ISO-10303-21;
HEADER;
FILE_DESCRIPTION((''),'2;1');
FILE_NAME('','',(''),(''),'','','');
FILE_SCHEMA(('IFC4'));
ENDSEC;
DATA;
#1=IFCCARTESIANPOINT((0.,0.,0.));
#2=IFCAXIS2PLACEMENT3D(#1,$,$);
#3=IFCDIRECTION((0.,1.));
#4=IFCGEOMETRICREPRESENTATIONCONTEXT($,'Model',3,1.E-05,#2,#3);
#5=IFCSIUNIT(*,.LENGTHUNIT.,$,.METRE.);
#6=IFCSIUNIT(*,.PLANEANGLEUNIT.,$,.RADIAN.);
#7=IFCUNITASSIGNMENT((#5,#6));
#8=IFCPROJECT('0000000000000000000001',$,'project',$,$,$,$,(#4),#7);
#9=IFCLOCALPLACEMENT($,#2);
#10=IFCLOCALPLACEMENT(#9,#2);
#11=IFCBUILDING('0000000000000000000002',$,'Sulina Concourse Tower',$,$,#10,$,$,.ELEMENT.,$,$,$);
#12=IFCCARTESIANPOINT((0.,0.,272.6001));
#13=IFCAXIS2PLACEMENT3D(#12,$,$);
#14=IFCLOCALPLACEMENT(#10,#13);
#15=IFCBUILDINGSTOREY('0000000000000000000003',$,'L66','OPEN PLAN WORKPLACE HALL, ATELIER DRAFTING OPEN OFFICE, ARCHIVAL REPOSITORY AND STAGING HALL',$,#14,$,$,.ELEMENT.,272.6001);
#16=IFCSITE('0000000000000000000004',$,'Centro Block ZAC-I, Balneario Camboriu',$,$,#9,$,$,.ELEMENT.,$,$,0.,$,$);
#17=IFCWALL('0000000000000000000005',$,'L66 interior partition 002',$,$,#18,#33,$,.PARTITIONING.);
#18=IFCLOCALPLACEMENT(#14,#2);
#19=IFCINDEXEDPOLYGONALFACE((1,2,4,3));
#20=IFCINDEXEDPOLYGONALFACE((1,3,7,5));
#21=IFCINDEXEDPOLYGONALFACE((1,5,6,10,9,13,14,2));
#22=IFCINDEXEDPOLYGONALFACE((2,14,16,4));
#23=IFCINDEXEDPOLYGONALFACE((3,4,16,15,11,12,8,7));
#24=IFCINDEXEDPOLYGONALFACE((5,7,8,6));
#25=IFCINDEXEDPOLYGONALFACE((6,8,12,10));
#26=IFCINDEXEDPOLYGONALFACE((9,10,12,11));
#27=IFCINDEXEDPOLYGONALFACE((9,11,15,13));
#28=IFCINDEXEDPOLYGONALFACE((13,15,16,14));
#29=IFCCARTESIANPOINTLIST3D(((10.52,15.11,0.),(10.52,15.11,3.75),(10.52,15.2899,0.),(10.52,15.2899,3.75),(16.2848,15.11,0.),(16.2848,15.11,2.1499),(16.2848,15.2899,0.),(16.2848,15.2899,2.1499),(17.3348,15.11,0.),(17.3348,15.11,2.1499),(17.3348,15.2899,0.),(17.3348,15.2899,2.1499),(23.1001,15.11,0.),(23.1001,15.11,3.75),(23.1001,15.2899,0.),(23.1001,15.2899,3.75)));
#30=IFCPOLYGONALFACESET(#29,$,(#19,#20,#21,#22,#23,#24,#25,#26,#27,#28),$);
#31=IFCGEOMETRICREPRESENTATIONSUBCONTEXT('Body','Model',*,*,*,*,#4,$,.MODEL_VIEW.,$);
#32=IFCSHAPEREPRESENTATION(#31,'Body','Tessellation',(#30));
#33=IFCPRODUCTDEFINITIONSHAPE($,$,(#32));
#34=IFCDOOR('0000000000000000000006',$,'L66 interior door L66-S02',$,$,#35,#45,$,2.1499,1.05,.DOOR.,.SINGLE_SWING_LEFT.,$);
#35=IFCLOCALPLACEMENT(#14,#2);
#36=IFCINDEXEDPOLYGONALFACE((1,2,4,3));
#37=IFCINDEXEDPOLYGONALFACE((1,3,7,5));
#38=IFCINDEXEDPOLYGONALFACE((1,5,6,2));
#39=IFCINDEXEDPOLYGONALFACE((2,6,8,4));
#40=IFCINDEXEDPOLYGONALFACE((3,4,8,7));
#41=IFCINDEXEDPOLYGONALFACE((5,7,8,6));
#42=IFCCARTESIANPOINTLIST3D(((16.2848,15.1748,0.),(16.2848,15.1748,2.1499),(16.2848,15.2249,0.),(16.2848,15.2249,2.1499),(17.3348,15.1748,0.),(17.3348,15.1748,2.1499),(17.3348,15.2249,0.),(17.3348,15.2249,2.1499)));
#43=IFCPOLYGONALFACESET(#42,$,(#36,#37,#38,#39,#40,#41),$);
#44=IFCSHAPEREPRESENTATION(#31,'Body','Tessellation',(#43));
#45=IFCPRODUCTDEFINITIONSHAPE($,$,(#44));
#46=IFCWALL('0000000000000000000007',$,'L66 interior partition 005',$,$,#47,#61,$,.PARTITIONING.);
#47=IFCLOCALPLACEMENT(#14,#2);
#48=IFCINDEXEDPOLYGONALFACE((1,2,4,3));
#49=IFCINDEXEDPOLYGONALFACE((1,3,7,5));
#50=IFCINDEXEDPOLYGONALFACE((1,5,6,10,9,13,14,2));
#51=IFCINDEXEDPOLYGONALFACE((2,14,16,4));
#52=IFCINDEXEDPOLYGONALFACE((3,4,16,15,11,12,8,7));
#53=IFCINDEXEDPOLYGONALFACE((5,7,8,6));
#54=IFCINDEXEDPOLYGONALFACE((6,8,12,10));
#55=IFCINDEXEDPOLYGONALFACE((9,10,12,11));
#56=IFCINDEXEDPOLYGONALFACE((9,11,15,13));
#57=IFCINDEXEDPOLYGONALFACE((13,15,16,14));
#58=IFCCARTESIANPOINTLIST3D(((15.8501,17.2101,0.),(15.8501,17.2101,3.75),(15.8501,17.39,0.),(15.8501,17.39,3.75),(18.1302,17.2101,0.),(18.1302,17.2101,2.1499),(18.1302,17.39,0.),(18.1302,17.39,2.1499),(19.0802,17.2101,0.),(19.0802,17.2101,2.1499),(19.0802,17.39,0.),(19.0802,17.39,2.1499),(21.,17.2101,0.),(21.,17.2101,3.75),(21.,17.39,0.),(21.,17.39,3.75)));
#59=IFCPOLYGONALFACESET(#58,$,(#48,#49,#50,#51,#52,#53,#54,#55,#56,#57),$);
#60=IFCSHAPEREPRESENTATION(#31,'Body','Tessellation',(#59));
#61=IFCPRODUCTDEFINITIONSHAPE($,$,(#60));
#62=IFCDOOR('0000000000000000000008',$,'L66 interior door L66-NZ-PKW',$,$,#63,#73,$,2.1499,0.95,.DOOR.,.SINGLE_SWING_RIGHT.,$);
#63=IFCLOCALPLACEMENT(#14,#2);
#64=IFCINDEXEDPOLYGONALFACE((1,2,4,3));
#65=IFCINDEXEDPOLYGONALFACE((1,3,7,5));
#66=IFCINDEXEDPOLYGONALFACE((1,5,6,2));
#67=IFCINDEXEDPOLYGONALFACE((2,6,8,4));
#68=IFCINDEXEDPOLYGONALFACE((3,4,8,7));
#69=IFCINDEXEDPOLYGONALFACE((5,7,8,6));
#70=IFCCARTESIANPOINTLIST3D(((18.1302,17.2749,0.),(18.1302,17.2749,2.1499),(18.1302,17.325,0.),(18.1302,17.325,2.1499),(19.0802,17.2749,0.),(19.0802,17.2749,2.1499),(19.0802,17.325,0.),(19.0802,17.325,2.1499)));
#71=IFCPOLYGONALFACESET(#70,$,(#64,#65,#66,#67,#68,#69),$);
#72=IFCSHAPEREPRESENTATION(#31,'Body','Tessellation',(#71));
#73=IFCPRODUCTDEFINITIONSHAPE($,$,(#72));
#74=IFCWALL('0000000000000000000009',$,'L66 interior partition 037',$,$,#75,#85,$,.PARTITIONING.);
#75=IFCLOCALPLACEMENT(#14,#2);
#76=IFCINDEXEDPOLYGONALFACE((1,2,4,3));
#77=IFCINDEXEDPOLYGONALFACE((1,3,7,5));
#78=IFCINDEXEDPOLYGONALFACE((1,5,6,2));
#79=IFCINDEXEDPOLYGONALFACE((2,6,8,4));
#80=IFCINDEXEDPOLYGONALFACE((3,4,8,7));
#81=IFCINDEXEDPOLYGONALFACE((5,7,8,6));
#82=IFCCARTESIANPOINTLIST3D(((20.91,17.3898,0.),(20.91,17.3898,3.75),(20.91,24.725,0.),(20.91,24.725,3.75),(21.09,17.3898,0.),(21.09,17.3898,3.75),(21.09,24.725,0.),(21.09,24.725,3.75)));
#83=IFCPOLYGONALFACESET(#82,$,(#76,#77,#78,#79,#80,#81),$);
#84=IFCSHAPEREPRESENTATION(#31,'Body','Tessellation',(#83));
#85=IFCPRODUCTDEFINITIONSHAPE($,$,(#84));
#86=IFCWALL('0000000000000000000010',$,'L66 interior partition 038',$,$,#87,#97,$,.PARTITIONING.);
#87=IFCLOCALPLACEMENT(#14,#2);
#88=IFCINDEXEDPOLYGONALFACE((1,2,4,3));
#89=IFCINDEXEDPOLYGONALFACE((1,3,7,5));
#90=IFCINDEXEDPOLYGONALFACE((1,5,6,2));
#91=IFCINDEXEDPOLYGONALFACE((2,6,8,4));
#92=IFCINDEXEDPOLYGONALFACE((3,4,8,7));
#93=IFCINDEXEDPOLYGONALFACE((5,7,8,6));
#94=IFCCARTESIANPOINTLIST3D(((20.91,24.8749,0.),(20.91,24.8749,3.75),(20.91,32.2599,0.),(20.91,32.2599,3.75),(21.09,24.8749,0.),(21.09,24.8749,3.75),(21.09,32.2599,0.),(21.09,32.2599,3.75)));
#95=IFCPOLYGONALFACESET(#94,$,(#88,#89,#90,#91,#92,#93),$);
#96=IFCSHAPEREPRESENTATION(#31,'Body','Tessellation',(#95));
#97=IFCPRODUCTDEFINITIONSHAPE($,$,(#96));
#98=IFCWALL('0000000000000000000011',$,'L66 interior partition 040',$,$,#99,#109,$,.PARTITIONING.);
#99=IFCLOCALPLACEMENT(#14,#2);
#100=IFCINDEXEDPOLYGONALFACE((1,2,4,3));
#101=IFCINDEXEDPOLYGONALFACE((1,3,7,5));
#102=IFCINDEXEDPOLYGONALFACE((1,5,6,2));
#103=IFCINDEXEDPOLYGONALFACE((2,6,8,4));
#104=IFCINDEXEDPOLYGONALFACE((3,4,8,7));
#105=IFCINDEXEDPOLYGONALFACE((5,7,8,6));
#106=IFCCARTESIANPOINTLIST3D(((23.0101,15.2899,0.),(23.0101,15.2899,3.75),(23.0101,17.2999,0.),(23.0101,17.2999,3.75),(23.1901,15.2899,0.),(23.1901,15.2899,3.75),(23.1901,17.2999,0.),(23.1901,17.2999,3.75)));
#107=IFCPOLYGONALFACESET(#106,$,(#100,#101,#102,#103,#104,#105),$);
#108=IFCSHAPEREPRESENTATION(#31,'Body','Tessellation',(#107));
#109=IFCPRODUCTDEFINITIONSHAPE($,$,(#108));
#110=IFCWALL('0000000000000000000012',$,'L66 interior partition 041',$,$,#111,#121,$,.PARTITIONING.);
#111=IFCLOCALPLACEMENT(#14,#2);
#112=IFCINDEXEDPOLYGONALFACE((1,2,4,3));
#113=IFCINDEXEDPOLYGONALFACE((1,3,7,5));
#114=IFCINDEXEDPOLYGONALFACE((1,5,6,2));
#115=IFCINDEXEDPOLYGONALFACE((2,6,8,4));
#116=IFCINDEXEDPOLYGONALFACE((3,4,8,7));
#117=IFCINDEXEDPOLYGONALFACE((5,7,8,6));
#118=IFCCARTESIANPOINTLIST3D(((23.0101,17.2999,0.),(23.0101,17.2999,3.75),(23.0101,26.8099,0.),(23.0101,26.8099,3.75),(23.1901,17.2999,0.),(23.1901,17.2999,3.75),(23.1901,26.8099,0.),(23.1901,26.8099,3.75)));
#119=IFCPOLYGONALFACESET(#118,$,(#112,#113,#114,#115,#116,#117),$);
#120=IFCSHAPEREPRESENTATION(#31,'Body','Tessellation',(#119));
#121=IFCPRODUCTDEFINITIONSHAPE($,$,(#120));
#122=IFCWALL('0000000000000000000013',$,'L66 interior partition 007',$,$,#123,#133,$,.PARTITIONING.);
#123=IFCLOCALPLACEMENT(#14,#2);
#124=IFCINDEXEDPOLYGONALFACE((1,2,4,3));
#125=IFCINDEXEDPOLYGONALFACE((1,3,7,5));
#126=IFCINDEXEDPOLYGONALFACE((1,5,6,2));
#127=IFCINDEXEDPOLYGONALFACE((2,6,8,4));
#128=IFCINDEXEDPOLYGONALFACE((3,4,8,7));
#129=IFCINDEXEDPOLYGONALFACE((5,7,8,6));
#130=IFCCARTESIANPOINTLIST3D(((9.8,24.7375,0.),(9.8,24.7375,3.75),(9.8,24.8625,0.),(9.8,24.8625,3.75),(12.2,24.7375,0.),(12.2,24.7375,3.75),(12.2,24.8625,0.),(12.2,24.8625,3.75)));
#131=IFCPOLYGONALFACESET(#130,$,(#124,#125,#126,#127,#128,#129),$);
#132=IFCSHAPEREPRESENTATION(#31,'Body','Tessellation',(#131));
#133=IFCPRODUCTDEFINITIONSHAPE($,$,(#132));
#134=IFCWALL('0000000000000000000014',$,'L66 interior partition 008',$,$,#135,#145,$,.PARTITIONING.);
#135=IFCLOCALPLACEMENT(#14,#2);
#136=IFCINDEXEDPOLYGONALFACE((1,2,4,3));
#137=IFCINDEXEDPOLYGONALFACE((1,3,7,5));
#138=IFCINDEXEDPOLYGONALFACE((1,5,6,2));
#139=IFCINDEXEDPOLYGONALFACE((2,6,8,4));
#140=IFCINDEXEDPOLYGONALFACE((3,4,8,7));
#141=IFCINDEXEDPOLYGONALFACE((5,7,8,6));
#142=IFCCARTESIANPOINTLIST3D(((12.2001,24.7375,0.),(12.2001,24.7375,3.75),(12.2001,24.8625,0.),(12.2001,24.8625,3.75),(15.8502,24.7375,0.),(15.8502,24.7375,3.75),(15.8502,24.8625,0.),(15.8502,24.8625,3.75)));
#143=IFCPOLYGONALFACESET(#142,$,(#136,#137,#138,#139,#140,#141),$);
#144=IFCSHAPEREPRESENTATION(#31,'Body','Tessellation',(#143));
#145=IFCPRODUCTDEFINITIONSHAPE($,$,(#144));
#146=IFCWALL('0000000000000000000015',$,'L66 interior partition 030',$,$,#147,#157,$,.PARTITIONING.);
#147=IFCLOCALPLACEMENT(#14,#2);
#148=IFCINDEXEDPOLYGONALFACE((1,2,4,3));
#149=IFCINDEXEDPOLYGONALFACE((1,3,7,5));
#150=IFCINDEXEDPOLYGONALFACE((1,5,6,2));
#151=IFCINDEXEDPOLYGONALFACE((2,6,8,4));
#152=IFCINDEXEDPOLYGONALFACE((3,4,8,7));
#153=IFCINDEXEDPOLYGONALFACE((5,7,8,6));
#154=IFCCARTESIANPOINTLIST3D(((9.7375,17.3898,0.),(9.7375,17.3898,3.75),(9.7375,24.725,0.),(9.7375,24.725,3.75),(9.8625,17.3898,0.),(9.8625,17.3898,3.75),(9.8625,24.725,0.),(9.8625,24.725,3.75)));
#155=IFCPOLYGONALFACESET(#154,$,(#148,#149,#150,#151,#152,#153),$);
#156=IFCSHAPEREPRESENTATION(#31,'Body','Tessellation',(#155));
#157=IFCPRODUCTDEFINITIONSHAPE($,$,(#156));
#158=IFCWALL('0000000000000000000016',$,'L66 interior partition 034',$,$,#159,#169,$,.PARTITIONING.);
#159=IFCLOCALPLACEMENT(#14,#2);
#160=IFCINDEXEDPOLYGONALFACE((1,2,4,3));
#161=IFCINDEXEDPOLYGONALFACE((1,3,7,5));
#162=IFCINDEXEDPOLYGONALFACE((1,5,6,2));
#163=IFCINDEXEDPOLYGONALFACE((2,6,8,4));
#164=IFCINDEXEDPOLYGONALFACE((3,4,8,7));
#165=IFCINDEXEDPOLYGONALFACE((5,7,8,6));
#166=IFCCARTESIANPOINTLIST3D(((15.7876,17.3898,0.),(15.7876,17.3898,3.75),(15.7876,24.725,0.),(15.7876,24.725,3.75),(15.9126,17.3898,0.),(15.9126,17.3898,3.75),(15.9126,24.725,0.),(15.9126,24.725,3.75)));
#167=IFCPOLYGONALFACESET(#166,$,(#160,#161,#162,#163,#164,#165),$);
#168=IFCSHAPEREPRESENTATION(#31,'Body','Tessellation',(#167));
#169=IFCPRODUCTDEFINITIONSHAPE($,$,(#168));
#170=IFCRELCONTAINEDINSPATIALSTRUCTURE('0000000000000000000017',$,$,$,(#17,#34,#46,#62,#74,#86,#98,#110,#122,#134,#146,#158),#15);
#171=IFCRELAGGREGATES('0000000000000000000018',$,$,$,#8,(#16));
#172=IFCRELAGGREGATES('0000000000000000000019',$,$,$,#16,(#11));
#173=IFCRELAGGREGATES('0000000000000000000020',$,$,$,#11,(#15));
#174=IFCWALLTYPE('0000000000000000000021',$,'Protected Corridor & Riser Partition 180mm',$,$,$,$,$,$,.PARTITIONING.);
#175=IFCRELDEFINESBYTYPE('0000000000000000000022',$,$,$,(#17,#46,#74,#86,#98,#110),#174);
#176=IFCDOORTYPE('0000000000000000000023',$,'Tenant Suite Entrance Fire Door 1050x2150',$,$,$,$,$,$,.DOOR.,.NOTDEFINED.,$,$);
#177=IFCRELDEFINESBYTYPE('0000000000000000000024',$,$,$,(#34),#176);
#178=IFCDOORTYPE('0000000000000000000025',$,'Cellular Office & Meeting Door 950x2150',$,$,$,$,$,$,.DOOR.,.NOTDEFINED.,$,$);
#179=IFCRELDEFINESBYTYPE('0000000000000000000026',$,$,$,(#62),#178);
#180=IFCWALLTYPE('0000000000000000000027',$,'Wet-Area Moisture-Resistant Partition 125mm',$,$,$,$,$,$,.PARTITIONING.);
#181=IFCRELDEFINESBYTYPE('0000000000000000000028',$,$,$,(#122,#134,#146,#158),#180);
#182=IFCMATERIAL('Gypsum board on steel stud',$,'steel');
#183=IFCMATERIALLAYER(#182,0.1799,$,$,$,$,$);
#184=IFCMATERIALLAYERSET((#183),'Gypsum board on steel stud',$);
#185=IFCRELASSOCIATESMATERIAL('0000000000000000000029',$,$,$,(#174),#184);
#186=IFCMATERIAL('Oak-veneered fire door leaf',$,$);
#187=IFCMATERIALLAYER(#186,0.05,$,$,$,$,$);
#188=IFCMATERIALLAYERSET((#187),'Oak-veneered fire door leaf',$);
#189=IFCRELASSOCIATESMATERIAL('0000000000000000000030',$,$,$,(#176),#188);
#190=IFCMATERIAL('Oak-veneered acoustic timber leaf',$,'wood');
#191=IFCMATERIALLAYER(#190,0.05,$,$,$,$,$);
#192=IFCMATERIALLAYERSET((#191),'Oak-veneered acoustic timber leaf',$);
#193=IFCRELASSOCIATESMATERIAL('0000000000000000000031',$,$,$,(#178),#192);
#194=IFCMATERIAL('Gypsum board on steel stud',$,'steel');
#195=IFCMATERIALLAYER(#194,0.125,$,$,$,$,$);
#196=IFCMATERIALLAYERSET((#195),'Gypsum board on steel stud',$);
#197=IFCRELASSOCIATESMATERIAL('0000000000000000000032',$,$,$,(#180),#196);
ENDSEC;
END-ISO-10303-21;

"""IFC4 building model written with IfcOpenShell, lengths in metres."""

from ifc_helpers import new_model, si_unit, direction, frame, frame_2d, origin, place, context, subcontext, project, spatial, rectangle, extrude, material, layer, layer_set, type_object, element, fill, save


model = new_model("IFC4")

# Units and contexts
model_context = context("Model", 3, precision=1e-05, world=origin(), true_north=direction((0.0, 1.0)))
body_context = subcontext(model_context, "Body", "Model", "MODEL_VIEW")
ifc_project = project(units=[si_unit("LENGTHUNIT", "METRE"), si_unit("PLANEANGLEUNIT", "RADIAN")], contexts=[model_context])

# Site, building, storey
site_placement = place(None, origin())
site = spatial("IfcSite", under=ifc_project, at=site_placement, Name="Centro Block ZAC-I, Balneario Camboriu", CompositionType="ELEMENT", RefElevation=0.0)
building_placement = place(site_placement, origin())
building = spatial("IfcBuilding", under=site, at=building_placement, Name="Sulina Concourse Tower", CompositionType="ELEMENT")
storey_placement = place(building_placement, frame((0.0, 0.0, 272.6001)))
storey = spatial("IfcBuildingStorey", under=building, at=storey_placement, Name="L66", Description="OPEN PLAN WORKPLACE HALL, ATELIER DRAFTING OPEN OFFICE, ARCHIVAL REPOSITORY AND STAGING HALL", CompositionType="ELEMENT", Elevation=272.6001)

# Walls, openings, doors
ifc_material_1 = material(Name="Gypsum board on steel stud", Category="steel")
ifc_layer_1 = layer(ifc_material_1, 0.1799)
ifc_layer_set_1 = layer_set([ifc_layer_1], Name="Gypsum board on steel stud")
wall_type_1 = type_object("IfcWallType", Name="Protected Corridor & Riser Partition 180mm", PredefinedType="PARTITIONING", material=ifc_layer_set_1)
wall_1_placement = place(storey_placement, frame((10.52, 15.2, 0.0), z_axis=(0.0, 0.0, 1.0), x_axis=(1.0, 0.0, 0.0)))
wall_1 = element("IfcWall", 1, at=wall_1_placement, inside=storey, type_object=wall_type_1, Name="L66 interior partition 002", PredefinedType="PARTITIONING", context=body_context, shape_type="SweptSolid", body=[
    extrude(rectangle(XDim=12.5801, YDim=0.1799, at=frame_2d((6.29, 0.0))), origin(), (0.0, 0.0, 1.0), 3.75),
])
opening_1_placement = place(wall_1_placement, frame((5.7649, 0.0, 0.0)))
opening_1 = element("IfcOpeningElement", 2, at=opening_1_placement, cuts=wall_1, PredefinedType="OPENING", context=body_context, shape_type="SweptSolid", body=[
    extrude(rectangle(XDim=1.05, YDim=2.1499, at=frame_2d((0.5249, 1.075))), frame((0.0, 0.0999, 0.0), z_axis=(0.0, -1.0, 0.0), x_axis=(1.0, 0.0, 0.0)), (0.0, 0.0, 1.0), 0.2),
])
ifc_material_2 = material(Name="Oak-veneered fire door leaf")
ifc_layer_2 = layer(ifc_material_2, 0.05)
ifc_layer_set_2 = layer_set([ifc_layer_2], Name="Oak-veneered fire door leaf")
door_type_1 = type_object("IfcDoorType", Name="Tenant Suite Entrance Fire Door 1050x2150", OperationType="NOTDEFINED", PredefinedType="DOOR", material=ifc_layer_set_2)
door_1_placement = place(opening_1_placement, origin())
door_1 = element("IfcDoor", 3, at=door_1_placement, inside=storey, type_object=door_type_1, Name="L66 interior door L66-S02", OperationType="SINGLE_SWING_LEFT", OverallHeight=2.1499, OverallWidth=1.05, PredefinedType="DOOR", context=body_context, shape_type="SweptSolid", body=[
    extrude(rectangle(XDim=1.05, YDim=2.1499, at=frame_2d((0.5249, 1.075))), frame((0.0, 0.0249, 0.0), z_axis=(0.0, -1.0, 0.0), x_axis=(1.0, 0.0, 0.0)), (0.0, 0.0, 1.0), 0.05),
])
fill(opening_1, door_1)
wall_2_placement = place(storey_placement, frame((15.8501, 17.3, 0.0), z_axis=(0.0, 0.0, 1.0), x_axis=(1.0, 0.0, 0.0)))
wall_2 = element("IfcWall", 4, at=wall_2_placement, inside=storey, type_object=wall_type_1, Name="L66 interior partition 005", PredefinedType="PARTITIONING", context=body_context, shape_type="SweptSolid", body=[
    extrude(rectangle(XDim=5.1499, YDim=0.1799, at=frame_2d((2.575, 0.0))), origin(), (0.0, 0.0, 1.0), 3.75),
])
opening_2_placement = place(wall_2_placement, frame((2.28, 0.0, 0.0)))
opening_2 = element("IfcOpeningElement", 5, at=opening_2_placement, cuts=wall_2, PredefinedType="OPENING", context=body_context, shape_type="SweptSolid", body=[
    extrude(rectangle(XDim=0.95, YDim=2.1499, at=frame_2d((0.4751, 1.075))), frame((0.0, 0.0999, 0.0), z_axis=(0.0, -1.0, 0.0), x_axis=(1.0, 0.0, 0.0)), (0.0, 0.0, 1.0), 0.2),
])
ifc_material_3 = material(Name="Oak-veneered acoustic timber leaf", Category="wood")
ifc_layer_3 = layer(ifc_material_3, 0.05)
ifc_layer_set_3 = layer_set([ifc_layer_3], Name="Oak-veneered acoustic timber leaf")
door_type_2 = type_object("IfcDoorType", Name="Cellular Office & Meeting Door 950x2150", OperationType="NOTDEFINED", PredefinedType="DOOR", material=ifc_layer_set_3)
door_2_placement = place(opening_2_placement, origin())
door_2 = element("IfcDoor", 6, at=door_2_placement, inside=storey, type_object=door_type_2, Name="L66 interior door L66-NZ-PKW", OperationType="SINGLE_SWING_RIGHT", OverallHeight=2.1499, OverallWidth=0.95, PredefinedType="DOOR", context=body_context, shape_type="SweptSolid", body=[
    extrude(rectangle(XDim=0.95, YDim=2.1499, at=frame_2d((0.4751, 1.075))), frame((0.0, 0.0249, 0.0), z_axis=(0.0, -1.0, 0.0), x_axis=(1.0, 0.0, 0.0)), (0.0, 0.0, 1.0), 0.05),
])
fill(opening_2, door_2)

# Walls
wall_3_placement = place(storey_placement, frame((21.0, 17.3899, 0.0), z_axis=(0.0, 0.0, 1.0), x_axis=(0.0, 1.0, 0.0)))
element("IfcWall", 7, at=wall_3_placement, inside=storey, type_object=wall_type_1, Name="L66 interior partition 037", PredefinedType="PARTITIONING", context=body_context, shape_type="SweptSolid", body=[
    extrude(rectangle(XDim=7.3352, YDim=0.1799, at=frame_2d((3.6675, 0.0))), origin(), (0.0, 0.0, 1.0), 3.75),
])
wall_4_placement = place(storey_placement, frame((21.0, 24.875, 0.0), z_axis=(0.0, 0.0, 1.0), x_axis=(0.0, 1.0, 0.0)))
element("IfcWall", 8, at=wall_4_placement, inside=storey, type_object=wall_type_1, Name="L66 interior partition 038", PredefinedType="PARTITIONING", context=body_context, shape_type="SweptSolid", body=[
    extrude(rectangle(XDim=7.385, YDim=0.1799, at=frame_2d((3.6924, 0.0))), origin(), (0.0, 0.0, 1.0), 3.75),
])
wall_5_placement = place(storey_placement, frame((23.1001, 15.29, 0.0), z_axis=(0.0, 0.0, 1.0), x_axis=(0.0, 1.0, 0.0)))
element("IfcWall", 9, at=wall_5_placement, inside=storey, type_object=wall_type_1, Name="L66 interior partition 040", PredefinedType="PARTITIONING", context=body_context, shape_type="SweptSolid", body=[
    extrude(rectangle(XDim=2.01, YDim=0.1799, at=frame_2d((1.0049, 0.0))), origin(), (0.0, 0.0, 1.0), 3.75),
])
wall_6_placement = place(storey_placement, frame((23.1001, 17.3, 0.0), z_axis=(0.0, 0.0, 1.0), x_axis=(0.0, 1.0, 0.0)))
element("IfcWall", 10, at=wall_6_placement, inside=storey, type_object=wall_type_1, Name="L66 interior partition 041", PredefinedType="PARTITIONING", context=body_context, shape_type="SweptSolid", body=[
    extrude(rectangle(XDim=9.51, YDim=0.1799, at=frame_2d((4.7549, 0.0))), origin(), (0.0, 0.0, 1.0), 3.75),
])
ifc_material_4 = material(Name="Gypsum board on steel stud", Category="steel")
ifc_layer_4 = layer(ifc_material_4, 0.125)
ifc_layer_set_4 = layer_set([ifc_layer_4], Name="Gypsum board on steel stud")
wall_type_2 = type_object("IfcWallType", Name="Wet-Area Moisture-Resistant Partition 125mm", PredefinedType="PARTITIONING", material=ifc_layer_set_4)
wall_7_placement = place(storey_placement, frame((9.8, 24.8, 0.0), z_axis=(0.0, 0.0, 1.0), x_axis=(1.0, 0.0, 0.0)))
element("IfcWall", 11, at=wall_7_placement, inside=storey, type_object=wall_type_2, Name="L66 interior partition 007", PredefinedType="PARTITIONING", context=body_context, shape_type="SweptSolid", body=[
    extrude(rectangle(XDim=2.3999, YDim=0.125, at=frame_2d((1.2, 0.0))), origin(), (0.0, 0.0, 1.0), 3.75),
])
wall_8_placement = place(storey_placement, frame((12.2, 24.8, 0.0), z_axis=(0.0, 0.0, 1.0), x_axis=(1.0, 0.0, 0.0)))
element("IfcWall", 12, at=wall_8_placement, inside=storey, type_object=wall_type_2, Name="L66 interior partition 008", PredefinedType="PARTITIONING", context=body_context, shape_type="SweptSolid", body=[
    extrude(rectangle(XDim=3.6501, YDim=0.125, at=frame_2d((1.8252, 0.0))), origin(), (0.0, 0.0, 1.0), 3.75),
])
for number, where, z_axis, x_axis, name in (
    (13, (9.8, 17.3899, 0.0), (0.0, 0.0, 1.0), (0.0, 1.0, 0.0), "L66 interior partition 030"),
    (14, (15.8501, 17.3899, 0.0), (0.0, 0.0, 1.0), (0.0, 1.0, 0.0), "L66 interior partition 034"),
):
    element("IfcWall", number, at=place(storey_placement, frame(where, z_axis=z_axis, x_axis=x_axis)), inside=storey, type_object=wall_type_2, Name=name, PredefinedType="PARTITIONING", context=body_context, shape_type="SweptSolid", body=[
        extrude(rectangle(XDim=7.3352, YDim=0.125, at=frame_2d((3.6675, 0.0))), origin(), (0.0, 0.0, 1.0), 3.75),
    ])

save(model, "model.ifc")
